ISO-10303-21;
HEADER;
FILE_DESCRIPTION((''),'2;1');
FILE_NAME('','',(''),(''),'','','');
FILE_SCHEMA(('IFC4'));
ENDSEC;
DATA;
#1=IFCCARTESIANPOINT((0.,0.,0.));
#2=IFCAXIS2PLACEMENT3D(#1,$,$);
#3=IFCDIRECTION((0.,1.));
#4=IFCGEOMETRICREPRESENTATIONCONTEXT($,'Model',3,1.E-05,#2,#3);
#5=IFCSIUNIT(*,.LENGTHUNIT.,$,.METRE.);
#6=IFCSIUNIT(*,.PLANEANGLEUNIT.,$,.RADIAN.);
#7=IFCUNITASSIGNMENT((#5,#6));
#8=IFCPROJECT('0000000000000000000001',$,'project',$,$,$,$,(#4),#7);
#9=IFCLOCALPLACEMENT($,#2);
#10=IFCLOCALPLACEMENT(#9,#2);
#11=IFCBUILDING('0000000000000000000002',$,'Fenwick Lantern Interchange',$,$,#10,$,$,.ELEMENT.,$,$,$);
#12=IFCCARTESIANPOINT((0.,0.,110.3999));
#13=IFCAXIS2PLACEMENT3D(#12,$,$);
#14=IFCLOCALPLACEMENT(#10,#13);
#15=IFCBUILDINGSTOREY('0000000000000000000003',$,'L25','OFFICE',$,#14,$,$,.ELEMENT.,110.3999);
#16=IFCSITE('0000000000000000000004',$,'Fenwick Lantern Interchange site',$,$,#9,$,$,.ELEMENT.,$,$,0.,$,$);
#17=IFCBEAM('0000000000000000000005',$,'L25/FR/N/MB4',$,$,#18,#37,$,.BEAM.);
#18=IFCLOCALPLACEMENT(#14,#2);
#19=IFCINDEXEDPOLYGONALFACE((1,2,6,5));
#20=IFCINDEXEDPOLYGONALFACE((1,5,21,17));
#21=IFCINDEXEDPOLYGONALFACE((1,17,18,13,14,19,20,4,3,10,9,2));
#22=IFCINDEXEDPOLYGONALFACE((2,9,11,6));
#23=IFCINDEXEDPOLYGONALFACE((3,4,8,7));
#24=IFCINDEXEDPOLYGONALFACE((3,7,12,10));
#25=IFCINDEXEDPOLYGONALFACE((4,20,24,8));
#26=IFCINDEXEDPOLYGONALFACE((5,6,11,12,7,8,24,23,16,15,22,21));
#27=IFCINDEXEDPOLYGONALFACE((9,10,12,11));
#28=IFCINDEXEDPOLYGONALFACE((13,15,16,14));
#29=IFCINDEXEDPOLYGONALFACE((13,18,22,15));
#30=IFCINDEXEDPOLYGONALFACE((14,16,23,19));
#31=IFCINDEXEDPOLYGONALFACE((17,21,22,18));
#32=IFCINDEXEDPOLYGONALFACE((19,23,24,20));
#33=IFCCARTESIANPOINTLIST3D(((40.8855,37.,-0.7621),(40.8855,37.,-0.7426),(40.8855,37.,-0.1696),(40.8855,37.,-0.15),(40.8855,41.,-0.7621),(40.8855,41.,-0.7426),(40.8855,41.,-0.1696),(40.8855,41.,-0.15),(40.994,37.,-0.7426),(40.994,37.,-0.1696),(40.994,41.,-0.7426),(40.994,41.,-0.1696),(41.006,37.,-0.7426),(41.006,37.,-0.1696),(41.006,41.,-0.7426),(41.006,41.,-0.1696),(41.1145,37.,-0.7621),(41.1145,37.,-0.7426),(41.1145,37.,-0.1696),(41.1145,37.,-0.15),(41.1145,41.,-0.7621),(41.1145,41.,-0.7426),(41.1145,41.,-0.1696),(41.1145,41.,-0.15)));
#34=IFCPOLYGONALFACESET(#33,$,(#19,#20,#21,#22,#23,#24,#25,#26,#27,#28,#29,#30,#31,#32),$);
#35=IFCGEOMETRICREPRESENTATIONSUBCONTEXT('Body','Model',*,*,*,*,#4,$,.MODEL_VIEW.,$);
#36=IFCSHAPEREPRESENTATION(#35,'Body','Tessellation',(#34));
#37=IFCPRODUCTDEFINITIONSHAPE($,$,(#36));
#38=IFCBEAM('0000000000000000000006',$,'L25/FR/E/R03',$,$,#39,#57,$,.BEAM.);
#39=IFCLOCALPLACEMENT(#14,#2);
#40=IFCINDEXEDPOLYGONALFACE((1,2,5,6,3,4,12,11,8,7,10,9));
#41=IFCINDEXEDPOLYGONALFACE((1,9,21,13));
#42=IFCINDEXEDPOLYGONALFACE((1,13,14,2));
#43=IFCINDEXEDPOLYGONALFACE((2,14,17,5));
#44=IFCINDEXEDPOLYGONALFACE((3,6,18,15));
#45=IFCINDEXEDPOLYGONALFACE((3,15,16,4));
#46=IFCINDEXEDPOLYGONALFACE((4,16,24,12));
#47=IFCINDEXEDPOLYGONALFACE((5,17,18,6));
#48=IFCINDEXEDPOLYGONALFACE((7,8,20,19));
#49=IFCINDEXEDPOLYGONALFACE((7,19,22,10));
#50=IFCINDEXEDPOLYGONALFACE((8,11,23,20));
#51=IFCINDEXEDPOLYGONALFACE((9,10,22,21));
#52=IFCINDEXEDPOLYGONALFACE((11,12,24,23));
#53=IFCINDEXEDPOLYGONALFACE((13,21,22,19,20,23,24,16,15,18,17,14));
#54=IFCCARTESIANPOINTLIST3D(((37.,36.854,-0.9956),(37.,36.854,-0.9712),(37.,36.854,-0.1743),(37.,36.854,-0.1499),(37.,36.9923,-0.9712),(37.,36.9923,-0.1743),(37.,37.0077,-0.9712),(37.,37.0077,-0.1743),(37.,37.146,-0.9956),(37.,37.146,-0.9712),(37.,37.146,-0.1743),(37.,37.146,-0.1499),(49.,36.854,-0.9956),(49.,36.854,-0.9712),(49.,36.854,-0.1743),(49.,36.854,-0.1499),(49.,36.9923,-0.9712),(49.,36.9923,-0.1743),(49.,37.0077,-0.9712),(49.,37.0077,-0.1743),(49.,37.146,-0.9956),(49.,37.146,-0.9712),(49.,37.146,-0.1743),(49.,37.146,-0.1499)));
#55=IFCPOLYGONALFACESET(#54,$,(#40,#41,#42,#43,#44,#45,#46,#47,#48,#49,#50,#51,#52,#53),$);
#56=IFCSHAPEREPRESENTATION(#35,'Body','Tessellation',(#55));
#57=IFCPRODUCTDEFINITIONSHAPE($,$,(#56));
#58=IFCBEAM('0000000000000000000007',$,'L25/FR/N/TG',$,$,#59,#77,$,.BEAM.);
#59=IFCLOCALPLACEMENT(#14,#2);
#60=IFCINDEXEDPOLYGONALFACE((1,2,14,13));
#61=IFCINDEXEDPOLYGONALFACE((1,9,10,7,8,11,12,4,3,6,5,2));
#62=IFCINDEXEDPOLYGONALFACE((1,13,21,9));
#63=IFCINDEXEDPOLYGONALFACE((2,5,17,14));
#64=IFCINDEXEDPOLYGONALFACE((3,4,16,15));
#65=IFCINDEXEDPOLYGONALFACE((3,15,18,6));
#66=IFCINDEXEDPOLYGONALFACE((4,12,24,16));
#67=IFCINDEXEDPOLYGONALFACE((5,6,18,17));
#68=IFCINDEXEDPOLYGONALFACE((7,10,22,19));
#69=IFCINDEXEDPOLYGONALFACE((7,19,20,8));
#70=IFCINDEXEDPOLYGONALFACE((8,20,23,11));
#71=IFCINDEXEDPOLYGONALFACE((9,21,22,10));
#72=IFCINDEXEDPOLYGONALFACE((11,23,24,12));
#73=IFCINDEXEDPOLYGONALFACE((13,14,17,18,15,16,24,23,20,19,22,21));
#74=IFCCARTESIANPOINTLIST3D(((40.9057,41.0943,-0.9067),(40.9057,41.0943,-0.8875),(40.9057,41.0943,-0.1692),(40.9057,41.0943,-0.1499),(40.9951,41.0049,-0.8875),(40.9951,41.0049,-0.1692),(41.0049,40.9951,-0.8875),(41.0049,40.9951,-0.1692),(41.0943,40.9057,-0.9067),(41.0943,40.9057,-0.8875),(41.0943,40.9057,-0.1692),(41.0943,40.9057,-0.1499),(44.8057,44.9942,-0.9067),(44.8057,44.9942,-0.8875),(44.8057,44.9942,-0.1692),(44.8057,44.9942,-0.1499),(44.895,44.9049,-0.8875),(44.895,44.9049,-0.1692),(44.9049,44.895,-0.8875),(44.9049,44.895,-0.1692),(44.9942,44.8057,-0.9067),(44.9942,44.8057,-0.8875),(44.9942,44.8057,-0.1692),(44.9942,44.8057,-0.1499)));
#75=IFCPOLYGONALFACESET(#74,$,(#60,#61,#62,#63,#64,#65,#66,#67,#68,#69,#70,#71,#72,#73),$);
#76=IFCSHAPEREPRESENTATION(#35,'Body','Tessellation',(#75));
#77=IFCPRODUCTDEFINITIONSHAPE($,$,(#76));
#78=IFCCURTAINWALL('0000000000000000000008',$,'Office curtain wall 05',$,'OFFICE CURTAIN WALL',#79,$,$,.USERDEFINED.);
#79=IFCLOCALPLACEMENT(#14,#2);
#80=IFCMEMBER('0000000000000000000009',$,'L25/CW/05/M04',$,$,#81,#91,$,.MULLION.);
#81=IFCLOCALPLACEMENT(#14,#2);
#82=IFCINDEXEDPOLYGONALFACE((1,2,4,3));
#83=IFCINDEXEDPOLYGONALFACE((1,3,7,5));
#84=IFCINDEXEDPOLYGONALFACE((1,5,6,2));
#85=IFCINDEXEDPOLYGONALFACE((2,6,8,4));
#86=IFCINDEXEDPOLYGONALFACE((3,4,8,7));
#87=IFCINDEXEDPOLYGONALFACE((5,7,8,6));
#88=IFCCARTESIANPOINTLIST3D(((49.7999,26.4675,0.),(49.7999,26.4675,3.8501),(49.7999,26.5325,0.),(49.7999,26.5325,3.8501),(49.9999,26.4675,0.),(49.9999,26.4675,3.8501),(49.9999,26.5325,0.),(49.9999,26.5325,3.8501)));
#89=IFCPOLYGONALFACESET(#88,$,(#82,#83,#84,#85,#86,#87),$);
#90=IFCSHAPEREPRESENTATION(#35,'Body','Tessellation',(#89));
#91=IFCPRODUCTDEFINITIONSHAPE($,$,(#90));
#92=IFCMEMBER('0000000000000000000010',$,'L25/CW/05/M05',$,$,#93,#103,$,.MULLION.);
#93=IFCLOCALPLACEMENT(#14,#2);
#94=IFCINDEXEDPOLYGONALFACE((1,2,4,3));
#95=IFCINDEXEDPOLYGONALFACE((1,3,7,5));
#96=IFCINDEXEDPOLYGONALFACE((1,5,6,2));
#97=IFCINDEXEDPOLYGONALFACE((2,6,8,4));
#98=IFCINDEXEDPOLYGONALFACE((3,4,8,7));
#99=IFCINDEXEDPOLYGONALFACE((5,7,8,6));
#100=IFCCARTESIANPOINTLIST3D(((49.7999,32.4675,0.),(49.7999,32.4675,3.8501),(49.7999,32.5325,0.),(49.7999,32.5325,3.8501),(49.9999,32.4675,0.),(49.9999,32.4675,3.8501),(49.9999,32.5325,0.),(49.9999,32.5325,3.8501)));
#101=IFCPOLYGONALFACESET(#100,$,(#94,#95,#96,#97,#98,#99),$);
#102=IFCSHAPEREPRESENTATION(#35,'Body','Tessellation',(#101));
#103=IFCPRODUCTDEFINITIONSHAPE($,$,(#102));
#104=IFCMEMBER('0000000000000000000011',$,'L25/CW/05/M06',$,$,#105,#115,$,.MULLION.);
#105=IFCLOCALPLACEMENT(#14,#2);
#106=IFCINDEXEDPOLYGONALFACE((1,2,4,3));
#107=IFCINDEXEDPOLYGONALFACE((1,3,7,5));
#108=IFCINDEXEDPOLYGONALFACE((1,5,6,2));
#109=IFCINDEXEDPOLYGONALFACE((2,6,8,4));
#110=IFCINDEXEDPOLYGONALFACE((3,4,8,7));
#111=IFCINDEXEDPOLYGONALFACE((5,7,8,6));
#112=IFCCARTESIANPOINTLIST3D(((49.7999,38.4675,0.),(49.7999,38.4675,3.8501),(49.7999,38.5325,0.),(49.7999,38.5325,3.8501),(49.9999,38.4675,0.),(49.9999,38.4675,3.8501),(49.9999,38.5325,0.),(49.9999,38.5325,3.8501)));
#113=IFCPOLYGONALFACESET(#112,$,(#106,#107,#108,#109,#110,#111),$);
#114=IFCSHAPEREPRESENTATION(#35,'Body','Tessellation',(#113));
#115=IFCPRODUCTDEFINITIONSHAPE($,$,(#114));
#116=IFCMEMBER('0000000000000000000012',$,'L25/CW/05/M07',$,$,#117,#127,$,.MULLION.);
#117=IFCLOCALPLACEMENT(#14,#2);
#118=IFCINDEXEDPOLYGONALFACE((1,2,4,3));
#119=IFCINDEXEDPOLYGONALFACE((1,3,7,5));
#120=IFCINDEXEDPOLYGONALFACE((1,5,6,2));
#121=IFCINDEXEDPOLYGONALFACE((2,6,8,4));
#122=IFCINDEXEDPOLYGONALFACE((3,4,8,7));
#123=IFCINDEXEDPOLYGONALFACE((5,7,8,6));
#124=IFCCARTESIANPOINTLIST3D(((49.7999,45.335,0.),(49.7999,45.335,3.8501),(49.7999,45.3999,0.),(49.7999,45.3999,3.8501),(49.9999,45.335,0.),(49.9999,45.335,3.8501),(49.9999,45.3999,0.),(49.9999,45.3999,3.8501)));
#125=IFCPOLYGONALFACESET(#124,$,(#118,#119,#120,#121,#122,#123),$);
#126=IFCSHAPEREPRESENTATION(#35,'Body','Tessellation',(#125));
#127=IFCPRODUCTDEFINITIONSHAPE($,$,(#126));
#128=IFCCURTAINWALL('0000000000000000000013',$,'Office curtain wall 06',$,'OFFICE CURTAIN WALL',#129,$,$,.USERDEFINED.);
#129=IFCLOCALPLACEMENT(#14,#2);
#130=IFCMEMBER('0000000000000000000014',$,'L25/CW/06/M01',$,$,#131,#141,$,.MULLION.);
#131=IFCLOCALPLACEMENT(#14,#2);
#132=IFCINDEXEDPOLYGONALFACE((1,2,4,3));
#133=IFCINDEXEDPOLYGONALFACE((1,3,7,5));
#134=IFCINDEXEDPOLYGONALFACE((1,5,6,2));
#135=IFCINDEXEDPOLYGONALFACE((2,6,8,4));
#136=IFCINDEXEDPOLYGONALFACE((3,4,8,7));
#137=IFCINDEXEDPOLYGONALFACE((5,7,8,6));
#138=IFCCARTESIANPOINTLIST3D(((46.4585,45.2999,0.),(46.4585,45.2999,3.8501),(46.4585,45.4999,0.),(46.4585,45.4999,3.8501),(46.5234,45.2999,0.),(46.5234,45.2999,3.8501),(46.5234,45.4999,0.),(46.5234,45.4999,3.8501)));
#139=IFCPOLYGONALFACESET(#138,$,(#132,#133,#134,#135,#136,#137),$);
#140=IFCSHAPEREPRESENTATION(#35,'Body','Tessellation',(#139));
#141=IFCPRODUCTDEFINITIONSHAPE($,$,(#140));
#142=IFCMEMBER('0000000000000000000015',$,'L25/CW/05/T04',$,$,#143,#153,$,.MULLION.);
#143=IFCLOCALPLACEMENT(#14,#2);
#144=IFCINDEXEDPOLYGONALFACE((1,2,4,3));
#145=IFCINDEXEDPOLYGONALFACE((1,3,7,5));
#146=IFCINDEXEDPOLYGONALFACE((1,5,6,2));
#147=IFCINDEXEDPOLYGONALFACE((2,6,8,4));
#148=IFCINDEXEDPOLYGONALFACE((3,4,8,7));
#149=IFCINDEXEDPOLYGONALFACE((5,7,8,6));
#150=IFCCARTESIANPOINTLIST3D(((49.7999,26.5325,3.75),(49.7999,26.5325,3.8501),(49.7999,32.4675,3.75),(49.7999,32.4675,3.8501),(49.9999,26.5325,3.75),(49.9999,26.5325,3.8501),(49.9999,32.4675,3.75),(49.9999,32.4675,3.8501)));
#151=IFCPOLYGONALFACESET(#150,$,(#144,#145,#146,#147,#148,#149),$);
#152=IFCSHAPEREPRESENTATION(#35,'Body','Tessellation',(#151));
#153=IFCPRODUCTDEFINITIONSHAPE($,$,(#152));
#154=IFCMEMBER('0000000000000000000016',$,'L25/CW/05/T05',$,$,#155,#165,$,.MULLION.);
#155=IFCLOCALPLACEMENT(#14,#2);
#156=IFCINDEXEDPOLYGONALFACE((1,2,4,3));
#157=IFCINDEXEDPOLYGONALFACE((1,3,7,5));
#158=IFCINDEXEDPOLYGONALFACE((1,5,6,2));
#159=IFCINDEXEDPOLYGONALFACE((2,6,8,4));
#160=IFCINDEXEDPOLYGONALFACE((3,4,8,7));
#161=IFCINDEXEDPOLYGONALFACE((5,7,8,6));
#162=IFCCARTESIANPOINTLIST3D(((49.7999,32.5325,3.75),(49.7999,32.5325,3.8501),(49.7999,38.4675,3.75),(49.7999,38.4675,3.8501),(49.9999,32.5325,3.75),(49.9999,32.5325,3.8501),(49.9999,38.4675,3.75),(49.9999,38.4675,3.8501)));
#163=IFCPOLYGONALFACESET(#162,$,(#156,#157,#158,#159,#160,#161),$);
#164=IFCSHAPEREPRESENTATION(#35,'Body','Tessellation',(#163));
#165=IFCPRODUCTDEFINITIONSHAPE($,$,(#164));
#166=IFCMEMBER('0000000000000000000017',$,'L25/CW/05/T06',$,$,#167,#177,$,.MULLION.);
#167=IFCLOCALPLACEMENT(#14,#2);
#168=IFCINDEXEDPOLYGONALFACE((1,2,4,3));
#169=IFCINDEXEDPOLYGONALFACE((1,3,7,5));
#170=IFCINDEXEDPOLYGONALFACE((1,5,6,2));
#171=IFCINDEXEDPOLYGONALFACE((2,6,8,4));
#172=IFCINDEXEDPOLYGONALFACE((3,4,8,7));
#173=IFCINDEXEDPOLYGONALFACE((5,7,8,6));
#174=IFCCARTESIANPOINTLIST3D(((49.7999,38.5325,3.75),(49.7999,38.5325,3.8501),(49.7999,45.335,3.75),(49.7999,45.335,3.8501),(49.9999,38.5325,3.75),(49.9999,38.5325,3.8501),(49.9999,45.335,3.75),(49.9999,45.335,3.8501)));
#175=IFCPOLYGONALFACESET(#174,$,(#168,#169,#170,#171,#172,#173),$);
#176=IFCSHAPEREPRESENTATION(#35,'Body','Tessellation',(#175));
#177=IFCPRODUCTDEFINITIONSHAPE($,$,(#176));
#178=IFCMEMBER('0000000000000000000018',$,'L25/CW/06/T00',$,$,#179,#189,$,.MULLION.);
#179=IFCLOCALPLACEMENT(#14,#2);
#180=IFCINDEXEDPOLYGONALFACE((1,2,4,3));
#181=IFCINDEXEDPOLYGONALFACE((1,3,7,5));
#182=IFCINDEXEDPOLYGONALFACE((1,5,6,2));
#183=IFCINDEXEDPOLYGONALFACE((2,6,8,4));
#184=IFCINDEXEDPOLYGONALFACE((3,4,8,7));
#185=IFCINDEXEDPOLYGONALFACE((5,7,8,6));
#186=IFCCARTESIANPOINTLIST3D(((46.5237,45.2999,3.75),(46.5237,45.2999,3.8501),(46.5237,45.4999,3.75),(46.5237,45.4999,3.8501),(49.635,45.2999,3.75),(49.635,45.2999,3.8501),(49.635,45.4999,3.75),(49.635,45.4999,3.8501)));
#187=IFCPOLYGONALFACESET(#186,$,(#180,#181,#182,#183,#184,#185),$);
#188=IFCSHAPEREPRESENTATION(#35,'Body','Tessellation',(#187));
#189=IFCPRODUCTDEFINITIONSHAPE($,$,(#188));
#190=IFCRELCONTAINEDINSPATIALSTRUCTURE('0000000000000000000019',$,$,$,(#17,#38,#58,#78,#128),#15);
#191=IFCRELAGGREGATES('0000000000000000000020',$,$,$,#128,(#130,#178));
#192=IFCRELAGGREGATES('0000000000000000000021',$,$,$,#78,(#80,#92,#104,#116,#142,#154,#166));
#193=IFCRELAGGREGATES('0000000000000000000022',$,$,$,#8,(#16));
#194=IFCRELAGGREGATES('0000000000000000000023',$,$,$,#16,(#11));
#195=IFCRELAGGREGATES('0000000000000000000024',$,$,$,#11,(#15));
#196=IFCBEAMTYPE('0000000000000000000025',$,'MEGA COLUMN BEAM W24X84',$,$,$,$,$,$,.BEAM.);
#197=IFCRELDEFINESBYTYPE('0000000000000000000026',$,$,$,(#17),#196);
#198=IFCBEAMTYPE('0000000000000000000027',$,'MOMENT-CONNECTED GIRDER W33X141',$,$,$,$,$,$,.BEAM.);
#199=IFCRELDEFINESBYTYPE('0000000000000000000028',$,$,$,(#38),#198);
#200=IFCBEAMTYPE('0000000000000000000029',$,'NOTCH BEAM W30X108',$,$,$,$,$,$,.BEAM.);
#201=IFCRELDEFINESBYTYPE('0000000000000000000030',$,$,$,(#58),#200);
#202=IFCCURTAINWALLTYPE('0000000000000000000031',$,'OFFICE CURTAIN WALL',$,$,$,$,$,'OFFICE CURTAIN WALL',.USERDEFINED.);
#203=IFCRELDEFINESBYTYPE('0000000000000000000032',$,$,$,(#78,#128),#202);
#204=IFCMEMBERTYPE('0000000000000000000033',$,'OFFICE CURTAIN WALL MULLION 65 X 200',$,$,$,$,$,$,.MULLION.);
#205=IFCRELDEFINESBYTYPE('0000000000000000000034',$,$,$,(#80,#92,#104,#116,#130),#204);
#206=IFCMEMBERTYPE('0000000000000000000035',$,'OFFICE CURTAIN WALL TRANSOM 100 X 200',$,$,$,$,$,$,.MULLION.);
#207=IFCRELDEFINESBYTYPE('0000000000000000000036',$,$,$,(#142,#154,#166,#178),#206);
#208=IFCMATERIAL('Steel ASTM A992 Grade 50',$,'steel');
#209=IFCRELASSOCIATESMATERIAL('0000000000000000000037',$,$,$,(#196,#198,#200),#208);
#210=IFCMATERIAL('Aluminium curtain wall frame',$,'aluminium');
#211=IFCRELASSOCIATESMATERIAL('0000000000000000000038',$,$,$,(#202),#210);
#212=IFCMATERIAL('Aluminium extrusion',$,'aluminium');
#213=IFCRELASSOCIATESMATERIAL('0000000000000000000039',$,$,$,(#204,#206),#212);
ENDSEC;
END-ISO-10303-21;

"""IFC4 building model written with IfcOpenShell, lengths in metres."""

from ifc_helpers import new_model, si_unit, direction, frame, origin, origin_2d, place, context, subcontext, project, spatial, rectangle, i_section, extrude, material, material_profile, profile_set, type_object, element, aggregate, save


model = new_model("IFC4")

# Units and contexts
model_context = context("Model", 3, precision=1e-05, world=origin(), true_north=direction((0.0, 1.0)))
body_context = subcontext(model_context, "Body", "Model", "MODEL_VIEW")
ifc_project = project(units=[si_unit("LENGTHUNIT", "METRE"), si_unit("PLANEANGLEUNIT", "RADIAN")], contexts=[model_context])

# Site, building, storey
site_placement = place(None, origin())
site = spatial("IfcSite", under=ifc_project, at=site_placement, Name="Fenwick Lantern Interchange site", CompositionType="ELEMENT", RefElevation=0.0)
building_placement = place(site_placement, origin())
building = spatial("IfcBuilding", under=site, at=building_placement, Name="Fenwick Lantern Interchange", CompositionType="ELEMENT")
storey_placement = place(building_placement, frame((0.0, 0.0, 110.3999)))
storey = spatial("IfcBuildingStorey", under=building, at=storey_placement, Name="L25", Description="OFFICE", CompositionType="ELEMENT", Elevation=110.3999)

# Shared definitions
ifc_material_1 = material(Name="Steel ASTM A992 Grade 50", Category="steel")

# Beams
ifc_material_profile_1 = material_profile(ifc_material_1, i_section(OverallWidth=0.229, OverallDepth=0.6121, WebThickness=0.012, FlangeThickness=0.0195, at=origin_2d()), Name="W24X84")
ifc_profile_set_1 = profile_set([ifc_material_profile_1], Name="Steel ASTM A992 Grade 50")
beam_type_1 = type_object("IfcBeamType", Name="MEGA COLUMN BEAM W24X84", PredefinedType="BEAM", material=ifc_profile_set_1)
beam_1_placement = place(storey_placement, frame((41.0, 41.0, -0.4561), z_axis=(0.0, -1.0, 0.0), x_axis=(1.0, 0.0, 0.0)))
element("IfcBeam", 1, at=beam_1_placement, inside=storey, type_object=beam_type_1, Name="L25/FR/N/MB4", PredefinedType="BEAM", context=body_context, shape_type="SweptSolid", body=[
    extrude(i_section(OverallWidth=0.229, OverallDepth=0.6121, WebThickness=0.012, FlangeThickness=0.0195, at=origin_2d()), origin(), (0.0, 0.0, 1.0), 4.0),
])
ifc_material_profile_2 = material_profile(ifc_material_1, i_section(OverallWidth=0.292, OverallDepth=0.8457, WebThickness=0.0154, FlangeThickness=0.0244, at=origin_2d()), Name="W33X141")
ifc_profile_set_2 = profile_set([ifc_material_profile_2], Name="Steel ASTM A992 Grade 50")
beam_type_2 = type_object("IfcBeamType", Name="MOMENT-CONNECTED GIRDER W33X141", PredefinedType="BEAM", material=ifc_profile_set_2)
beam_2_placement = place(storey_placement, frame((49.0, 37.0, -0.5728), z_axis=(-1.0, 0.0, 0.0), x_axis=(0.0, -1.0, 0.0)))
element("IfcBeam", 2, at=beam_2_placement, inside=storey, type_object=beam_type_2, Name="L25/FR/E/R03", PredefinedType="BEAM", context=body_context, shape_type="SweptSolid", body=[
    extrude(i_section(OverallWidth=0.292, OverallDepth=0.8457, WebThickness=0.0154, FlangeThickness=0.0244, at=origin_2d()), origin(), (0.0, 0.0, 1.0), 12.0),
])
ifc_material_profile_3 = material_profile(ifc_material_1, i_section(OverallWidth=0.2666, OverallDepth=0.7568, WebThickness=0.0139, FlangeThickness=0.0193, at=origin_2d()), Name="W30X108")
ifc_profile_set_3 = profile_set([ifc_material_profile_3], Name="Steel ASTM A992 Grade 50")
beam_type_3 = type_object("IfcBeamType", Name="NOTCH BEAM W30X108", PredefinedType="BEAM", material=ifc_profile_set_3)
beam_3_placement = place(storey_placement, frame((41.0, 41.0, -0.5283), z_axis=(0.707107, 0.707107, 0.0), x_axis=(-0.707107, 0.707107, 0.0)))
element("IfcBeam", 3, at=beam_3_placement, inside=storey, type_object=beam_type_3, Name="L25/FR/N/TG", PredefinedType="BEAM", context=body_context, shape_type="SweptSolid", body=[
    extrude(i_section(OverallWidth=0.2666, OverallDepth=0.7568, WebThickness=0.0139, FlangeThickness=0.0193, at=origin_2d()), origin(), (0.0, 0.0, 1.0), 5.5154),
])

# Curtain wall, members
ifc_material_2 = material(Name="Aluminium curtain wall frame", Category="aluminium")
curtain_wall_type = type_object("IfcCurtainWallType", Name="OFFICE CURTAIN WALL", ElementType="OFFICE CURTAIN WALL", PredefinedType="USERDEFINED", material=ifc_material_2)
curtain_wall_1_placement = place(storey_placement, origin())
curtain_wall_1 = element("IfcCurtainWall", 4, at=curtain_wall_1_placement, inside=storey, type_object=curtain_wall_type, Name="Office curtain wall 05", ObjectType="OFFICE CURTAIN WALL", PredefinedType="USERDEFINED")
ifc_material_3 = material(Name="Aluminium extrusion", Category="aluminium")
ifc_material_profile_4 = material_profile(ifc_material_3, rectangle(XDim=0.2, YDim=0.0649, at=origin_2d()), Name="OFFICE CURTAIN WALL MULLION 65 X 200")
ifc_profile_set_4 = profile_set([ifc_material_profile_4], Name="Aluminium extrusion")
member_type_1 = type_object("IfcMemberType", Name="OFFICE CURTAIN WALL MULLION 65 X 200", PredefinedType="MULLION", material=ifc_profile_set_4)
member_1_placement = place(storey_placement, frame((49.8999, 26.5, 0.0), z_axis=(0.0, 0.0, 1.0), x_axis=(-1.0, 0.0, 0.0)))
member_1 = element("IfcMember", 5, at=member_1_placement, type_object=member_type_1, Name="L25/CW/05/M04", PredefinedType="MULLION", context=body_context, shape_type="SweptSolid", body=[
    extrude(rectangle(XDim=0.2, YDim=0.0649, at=origin_2d()), origin(), (0.0, 0.0, 1.0), 3.8501),
])
member_2_placement = place(storey_placement, frame((49.8999, 32.5, 0.0), z_axis=(0.0, 0.0, 1.0), x_axis=(-1.0, 0.0, 0.0)))
member_2 = element("IfcMember", 6, at=member_2_placement, type_object=member_type_1, Name="L25/CW/05/M05", PredefinedType="MULLION", context=body_context, shape_type="SweptSolid", body=[
    extrude(rectangle(XDim=0.2, YDim=0.0649, at=origin_2d()), origin(), (0.0, 0.0, 1.0), 3.8501),
])
member_3_placement = place(storey_placement, frame((49.8999, 38.5, 0.0), z_axis=(0.0, 0.0, 1.0), x_axis=(-1.0, 0.0, 0.0)))
member_3 = element("IfcMember", 7, at=member_3_placement, type_object=member_type_1, Name="L25/CW/05/M06", PredefinedType="MULLION", context=body_context, shape_type="SweptSolid", body=[
    extrude(rectangle(XDim=0.2, YDim=0.0649, at=origin_2d()), origin(), (0.0, 0.0, 1.0), 3.8501),
])
member_4_placement = place(storey_placement, frame((49.8999, 45.3674, 0.0), z_axis=(0.0, 0.0, 1.0), x_axis=(-1.0, 0.0, 0.0)))
member_4 = element("IfcMember", 8, at=member_4_placement, type_object=member_type_1, Name="L25/CW/05/M07", PredefinedType="MULLION", context=body_context, shape_type="SweptSolid", body=[
    extrude(rectangle(XDim=0.2, YDim=0.0649, at=origin_2d()), origin(), (0.0, 0.0, 1.0), 3.8501),
])

# Curtain wall, member
curtain_wall_2_placement = place(storey_placement, origin())
curtain_wall_2 = element("IfcCurtainWall", 9, at=curtain_wall_2_placement, inside=storey, type_object=curtain_wall_type, Name="Office curtain wall 06", ObjectType="OFFICE CURTAIN WALL", PredefinedType="USERDEFINED")
member_5_placement = place(storey_placement, frame((46.491, 45.3999, 0.0), z_axis=(0.0, 0.0, 1.0), x_axis=(0.0, -1.0, 0.0)))
member_5 = element("IfcMember", 10, at=member_5_placement, type_object=member_type_1, Name="L25/CW/06/M01", PredefinedType="MULLION", context=body_context, shape_type="SweptSolid", body=[
    extrude(rectangle(XDim=0.2, YDim=0.0649, at=origin_2d()), origin(), (0.0, 0.0, 1.0), 3.8501),
])

# Members
ifc_material_profile_5 = material_profile(ifc_material_3, rectangle(XDim=0.2, YDim=0.1001, at=origin_2d()), Name="OFFICE CURTAIN WALL TRANSOM 100 X 200")
ifc_profile_set_5 = profile_set([ifc_material_profile_5], Name="Aluminium extrusion")
member_type_2 = type_object("IfcMemberType", Name="OFFICE CURTAIN WALL TRANSOM 100 X 200", PredefinedType="MULLION", material=ifc_profile_set_5)
member_6_placement = place(storey_placement, frame((49.8999, 26.5325, 3.8), z_axis=(0.0, 1.0, 0.0), x_axis=(-1.0, 0.0, 0.0)))
member_6 = element("IfcMember", 11, at=member_6_placement, type_object=member_type_2, Name="L25/CW/05/T04", PredefinedType="MULLION", context=body_context, shape_type="SweptSolid", body=[
    extrude(rectangle(XDim=0.2, YDim=0.1001, at=origin_2d()), origin(), (0.0, 0.0, 1.0), 5.9351),
])
member_7_placement = place(storey_placement, frame((49.8999, 32.5325, 3.8), z_axis=(0.0, 1.0, 0.0), x_axis=(-1.0, 0.0, 0.0)))
member_7 = element("IfcMember", 12, at=member_7_placement, type_object=member_type_2, Name="L25/CW/05/T05", PredefinedType="MULLION", context=body_context, shape_type="SweptSolid", body=[
    extrude(rectangle(XDim=0.2, YDim=0.1001, at=origin_2d()), origin(), (0.0, 0.0, 1.0), 5.9351),
])
member_8_placement = place(storey_placement, frame((49.8999, 38.5325, 3.8), z_axis=(0.0, 1.0, 0.0), x_axis=(-1.0, 0.0, 0.0)))
member_8 = element("IfcMember", 13, at=member_8_placement, type_object=member_type_2, Name="L25/CW/05/T06", PredefinedType="MULLION", context=body_context, shape_type="SweptSolid", body=[
    extrude(rectangle(XDim=0.2, YDim=0.1001, at=origin_2d()), origin(), (0.0, 0.0, 1.0), 6.8025),
])
member_9_placement = place(storey_placement, frame((49.635, 45.3999, 3.8), z_axis=(-1.0, 0.0, 0.0), x_axis=(0.0, -1.0, 0.0)))
member_9 = element("IfcMember", 14, at=member_9_placement, type_object=member_type_2, Name="L25/CW/06/T00", PredefinedType="MULLION", context=body_context, shape_type="SweptSolid", body=[
    extrude(rectangle(XDim=0.2, YDim=0.1001, at=origin_2d()), origin(), (0.0, 0.0, 1.0), 3.1113),
])
aggregate(curtain_wall_2, [member_5, member_9])

aggregate(curtain_wall_1, [member_1, member_2, member_3, member_4, member_6, member_7, member_8])

save(model, "model.ifc")
